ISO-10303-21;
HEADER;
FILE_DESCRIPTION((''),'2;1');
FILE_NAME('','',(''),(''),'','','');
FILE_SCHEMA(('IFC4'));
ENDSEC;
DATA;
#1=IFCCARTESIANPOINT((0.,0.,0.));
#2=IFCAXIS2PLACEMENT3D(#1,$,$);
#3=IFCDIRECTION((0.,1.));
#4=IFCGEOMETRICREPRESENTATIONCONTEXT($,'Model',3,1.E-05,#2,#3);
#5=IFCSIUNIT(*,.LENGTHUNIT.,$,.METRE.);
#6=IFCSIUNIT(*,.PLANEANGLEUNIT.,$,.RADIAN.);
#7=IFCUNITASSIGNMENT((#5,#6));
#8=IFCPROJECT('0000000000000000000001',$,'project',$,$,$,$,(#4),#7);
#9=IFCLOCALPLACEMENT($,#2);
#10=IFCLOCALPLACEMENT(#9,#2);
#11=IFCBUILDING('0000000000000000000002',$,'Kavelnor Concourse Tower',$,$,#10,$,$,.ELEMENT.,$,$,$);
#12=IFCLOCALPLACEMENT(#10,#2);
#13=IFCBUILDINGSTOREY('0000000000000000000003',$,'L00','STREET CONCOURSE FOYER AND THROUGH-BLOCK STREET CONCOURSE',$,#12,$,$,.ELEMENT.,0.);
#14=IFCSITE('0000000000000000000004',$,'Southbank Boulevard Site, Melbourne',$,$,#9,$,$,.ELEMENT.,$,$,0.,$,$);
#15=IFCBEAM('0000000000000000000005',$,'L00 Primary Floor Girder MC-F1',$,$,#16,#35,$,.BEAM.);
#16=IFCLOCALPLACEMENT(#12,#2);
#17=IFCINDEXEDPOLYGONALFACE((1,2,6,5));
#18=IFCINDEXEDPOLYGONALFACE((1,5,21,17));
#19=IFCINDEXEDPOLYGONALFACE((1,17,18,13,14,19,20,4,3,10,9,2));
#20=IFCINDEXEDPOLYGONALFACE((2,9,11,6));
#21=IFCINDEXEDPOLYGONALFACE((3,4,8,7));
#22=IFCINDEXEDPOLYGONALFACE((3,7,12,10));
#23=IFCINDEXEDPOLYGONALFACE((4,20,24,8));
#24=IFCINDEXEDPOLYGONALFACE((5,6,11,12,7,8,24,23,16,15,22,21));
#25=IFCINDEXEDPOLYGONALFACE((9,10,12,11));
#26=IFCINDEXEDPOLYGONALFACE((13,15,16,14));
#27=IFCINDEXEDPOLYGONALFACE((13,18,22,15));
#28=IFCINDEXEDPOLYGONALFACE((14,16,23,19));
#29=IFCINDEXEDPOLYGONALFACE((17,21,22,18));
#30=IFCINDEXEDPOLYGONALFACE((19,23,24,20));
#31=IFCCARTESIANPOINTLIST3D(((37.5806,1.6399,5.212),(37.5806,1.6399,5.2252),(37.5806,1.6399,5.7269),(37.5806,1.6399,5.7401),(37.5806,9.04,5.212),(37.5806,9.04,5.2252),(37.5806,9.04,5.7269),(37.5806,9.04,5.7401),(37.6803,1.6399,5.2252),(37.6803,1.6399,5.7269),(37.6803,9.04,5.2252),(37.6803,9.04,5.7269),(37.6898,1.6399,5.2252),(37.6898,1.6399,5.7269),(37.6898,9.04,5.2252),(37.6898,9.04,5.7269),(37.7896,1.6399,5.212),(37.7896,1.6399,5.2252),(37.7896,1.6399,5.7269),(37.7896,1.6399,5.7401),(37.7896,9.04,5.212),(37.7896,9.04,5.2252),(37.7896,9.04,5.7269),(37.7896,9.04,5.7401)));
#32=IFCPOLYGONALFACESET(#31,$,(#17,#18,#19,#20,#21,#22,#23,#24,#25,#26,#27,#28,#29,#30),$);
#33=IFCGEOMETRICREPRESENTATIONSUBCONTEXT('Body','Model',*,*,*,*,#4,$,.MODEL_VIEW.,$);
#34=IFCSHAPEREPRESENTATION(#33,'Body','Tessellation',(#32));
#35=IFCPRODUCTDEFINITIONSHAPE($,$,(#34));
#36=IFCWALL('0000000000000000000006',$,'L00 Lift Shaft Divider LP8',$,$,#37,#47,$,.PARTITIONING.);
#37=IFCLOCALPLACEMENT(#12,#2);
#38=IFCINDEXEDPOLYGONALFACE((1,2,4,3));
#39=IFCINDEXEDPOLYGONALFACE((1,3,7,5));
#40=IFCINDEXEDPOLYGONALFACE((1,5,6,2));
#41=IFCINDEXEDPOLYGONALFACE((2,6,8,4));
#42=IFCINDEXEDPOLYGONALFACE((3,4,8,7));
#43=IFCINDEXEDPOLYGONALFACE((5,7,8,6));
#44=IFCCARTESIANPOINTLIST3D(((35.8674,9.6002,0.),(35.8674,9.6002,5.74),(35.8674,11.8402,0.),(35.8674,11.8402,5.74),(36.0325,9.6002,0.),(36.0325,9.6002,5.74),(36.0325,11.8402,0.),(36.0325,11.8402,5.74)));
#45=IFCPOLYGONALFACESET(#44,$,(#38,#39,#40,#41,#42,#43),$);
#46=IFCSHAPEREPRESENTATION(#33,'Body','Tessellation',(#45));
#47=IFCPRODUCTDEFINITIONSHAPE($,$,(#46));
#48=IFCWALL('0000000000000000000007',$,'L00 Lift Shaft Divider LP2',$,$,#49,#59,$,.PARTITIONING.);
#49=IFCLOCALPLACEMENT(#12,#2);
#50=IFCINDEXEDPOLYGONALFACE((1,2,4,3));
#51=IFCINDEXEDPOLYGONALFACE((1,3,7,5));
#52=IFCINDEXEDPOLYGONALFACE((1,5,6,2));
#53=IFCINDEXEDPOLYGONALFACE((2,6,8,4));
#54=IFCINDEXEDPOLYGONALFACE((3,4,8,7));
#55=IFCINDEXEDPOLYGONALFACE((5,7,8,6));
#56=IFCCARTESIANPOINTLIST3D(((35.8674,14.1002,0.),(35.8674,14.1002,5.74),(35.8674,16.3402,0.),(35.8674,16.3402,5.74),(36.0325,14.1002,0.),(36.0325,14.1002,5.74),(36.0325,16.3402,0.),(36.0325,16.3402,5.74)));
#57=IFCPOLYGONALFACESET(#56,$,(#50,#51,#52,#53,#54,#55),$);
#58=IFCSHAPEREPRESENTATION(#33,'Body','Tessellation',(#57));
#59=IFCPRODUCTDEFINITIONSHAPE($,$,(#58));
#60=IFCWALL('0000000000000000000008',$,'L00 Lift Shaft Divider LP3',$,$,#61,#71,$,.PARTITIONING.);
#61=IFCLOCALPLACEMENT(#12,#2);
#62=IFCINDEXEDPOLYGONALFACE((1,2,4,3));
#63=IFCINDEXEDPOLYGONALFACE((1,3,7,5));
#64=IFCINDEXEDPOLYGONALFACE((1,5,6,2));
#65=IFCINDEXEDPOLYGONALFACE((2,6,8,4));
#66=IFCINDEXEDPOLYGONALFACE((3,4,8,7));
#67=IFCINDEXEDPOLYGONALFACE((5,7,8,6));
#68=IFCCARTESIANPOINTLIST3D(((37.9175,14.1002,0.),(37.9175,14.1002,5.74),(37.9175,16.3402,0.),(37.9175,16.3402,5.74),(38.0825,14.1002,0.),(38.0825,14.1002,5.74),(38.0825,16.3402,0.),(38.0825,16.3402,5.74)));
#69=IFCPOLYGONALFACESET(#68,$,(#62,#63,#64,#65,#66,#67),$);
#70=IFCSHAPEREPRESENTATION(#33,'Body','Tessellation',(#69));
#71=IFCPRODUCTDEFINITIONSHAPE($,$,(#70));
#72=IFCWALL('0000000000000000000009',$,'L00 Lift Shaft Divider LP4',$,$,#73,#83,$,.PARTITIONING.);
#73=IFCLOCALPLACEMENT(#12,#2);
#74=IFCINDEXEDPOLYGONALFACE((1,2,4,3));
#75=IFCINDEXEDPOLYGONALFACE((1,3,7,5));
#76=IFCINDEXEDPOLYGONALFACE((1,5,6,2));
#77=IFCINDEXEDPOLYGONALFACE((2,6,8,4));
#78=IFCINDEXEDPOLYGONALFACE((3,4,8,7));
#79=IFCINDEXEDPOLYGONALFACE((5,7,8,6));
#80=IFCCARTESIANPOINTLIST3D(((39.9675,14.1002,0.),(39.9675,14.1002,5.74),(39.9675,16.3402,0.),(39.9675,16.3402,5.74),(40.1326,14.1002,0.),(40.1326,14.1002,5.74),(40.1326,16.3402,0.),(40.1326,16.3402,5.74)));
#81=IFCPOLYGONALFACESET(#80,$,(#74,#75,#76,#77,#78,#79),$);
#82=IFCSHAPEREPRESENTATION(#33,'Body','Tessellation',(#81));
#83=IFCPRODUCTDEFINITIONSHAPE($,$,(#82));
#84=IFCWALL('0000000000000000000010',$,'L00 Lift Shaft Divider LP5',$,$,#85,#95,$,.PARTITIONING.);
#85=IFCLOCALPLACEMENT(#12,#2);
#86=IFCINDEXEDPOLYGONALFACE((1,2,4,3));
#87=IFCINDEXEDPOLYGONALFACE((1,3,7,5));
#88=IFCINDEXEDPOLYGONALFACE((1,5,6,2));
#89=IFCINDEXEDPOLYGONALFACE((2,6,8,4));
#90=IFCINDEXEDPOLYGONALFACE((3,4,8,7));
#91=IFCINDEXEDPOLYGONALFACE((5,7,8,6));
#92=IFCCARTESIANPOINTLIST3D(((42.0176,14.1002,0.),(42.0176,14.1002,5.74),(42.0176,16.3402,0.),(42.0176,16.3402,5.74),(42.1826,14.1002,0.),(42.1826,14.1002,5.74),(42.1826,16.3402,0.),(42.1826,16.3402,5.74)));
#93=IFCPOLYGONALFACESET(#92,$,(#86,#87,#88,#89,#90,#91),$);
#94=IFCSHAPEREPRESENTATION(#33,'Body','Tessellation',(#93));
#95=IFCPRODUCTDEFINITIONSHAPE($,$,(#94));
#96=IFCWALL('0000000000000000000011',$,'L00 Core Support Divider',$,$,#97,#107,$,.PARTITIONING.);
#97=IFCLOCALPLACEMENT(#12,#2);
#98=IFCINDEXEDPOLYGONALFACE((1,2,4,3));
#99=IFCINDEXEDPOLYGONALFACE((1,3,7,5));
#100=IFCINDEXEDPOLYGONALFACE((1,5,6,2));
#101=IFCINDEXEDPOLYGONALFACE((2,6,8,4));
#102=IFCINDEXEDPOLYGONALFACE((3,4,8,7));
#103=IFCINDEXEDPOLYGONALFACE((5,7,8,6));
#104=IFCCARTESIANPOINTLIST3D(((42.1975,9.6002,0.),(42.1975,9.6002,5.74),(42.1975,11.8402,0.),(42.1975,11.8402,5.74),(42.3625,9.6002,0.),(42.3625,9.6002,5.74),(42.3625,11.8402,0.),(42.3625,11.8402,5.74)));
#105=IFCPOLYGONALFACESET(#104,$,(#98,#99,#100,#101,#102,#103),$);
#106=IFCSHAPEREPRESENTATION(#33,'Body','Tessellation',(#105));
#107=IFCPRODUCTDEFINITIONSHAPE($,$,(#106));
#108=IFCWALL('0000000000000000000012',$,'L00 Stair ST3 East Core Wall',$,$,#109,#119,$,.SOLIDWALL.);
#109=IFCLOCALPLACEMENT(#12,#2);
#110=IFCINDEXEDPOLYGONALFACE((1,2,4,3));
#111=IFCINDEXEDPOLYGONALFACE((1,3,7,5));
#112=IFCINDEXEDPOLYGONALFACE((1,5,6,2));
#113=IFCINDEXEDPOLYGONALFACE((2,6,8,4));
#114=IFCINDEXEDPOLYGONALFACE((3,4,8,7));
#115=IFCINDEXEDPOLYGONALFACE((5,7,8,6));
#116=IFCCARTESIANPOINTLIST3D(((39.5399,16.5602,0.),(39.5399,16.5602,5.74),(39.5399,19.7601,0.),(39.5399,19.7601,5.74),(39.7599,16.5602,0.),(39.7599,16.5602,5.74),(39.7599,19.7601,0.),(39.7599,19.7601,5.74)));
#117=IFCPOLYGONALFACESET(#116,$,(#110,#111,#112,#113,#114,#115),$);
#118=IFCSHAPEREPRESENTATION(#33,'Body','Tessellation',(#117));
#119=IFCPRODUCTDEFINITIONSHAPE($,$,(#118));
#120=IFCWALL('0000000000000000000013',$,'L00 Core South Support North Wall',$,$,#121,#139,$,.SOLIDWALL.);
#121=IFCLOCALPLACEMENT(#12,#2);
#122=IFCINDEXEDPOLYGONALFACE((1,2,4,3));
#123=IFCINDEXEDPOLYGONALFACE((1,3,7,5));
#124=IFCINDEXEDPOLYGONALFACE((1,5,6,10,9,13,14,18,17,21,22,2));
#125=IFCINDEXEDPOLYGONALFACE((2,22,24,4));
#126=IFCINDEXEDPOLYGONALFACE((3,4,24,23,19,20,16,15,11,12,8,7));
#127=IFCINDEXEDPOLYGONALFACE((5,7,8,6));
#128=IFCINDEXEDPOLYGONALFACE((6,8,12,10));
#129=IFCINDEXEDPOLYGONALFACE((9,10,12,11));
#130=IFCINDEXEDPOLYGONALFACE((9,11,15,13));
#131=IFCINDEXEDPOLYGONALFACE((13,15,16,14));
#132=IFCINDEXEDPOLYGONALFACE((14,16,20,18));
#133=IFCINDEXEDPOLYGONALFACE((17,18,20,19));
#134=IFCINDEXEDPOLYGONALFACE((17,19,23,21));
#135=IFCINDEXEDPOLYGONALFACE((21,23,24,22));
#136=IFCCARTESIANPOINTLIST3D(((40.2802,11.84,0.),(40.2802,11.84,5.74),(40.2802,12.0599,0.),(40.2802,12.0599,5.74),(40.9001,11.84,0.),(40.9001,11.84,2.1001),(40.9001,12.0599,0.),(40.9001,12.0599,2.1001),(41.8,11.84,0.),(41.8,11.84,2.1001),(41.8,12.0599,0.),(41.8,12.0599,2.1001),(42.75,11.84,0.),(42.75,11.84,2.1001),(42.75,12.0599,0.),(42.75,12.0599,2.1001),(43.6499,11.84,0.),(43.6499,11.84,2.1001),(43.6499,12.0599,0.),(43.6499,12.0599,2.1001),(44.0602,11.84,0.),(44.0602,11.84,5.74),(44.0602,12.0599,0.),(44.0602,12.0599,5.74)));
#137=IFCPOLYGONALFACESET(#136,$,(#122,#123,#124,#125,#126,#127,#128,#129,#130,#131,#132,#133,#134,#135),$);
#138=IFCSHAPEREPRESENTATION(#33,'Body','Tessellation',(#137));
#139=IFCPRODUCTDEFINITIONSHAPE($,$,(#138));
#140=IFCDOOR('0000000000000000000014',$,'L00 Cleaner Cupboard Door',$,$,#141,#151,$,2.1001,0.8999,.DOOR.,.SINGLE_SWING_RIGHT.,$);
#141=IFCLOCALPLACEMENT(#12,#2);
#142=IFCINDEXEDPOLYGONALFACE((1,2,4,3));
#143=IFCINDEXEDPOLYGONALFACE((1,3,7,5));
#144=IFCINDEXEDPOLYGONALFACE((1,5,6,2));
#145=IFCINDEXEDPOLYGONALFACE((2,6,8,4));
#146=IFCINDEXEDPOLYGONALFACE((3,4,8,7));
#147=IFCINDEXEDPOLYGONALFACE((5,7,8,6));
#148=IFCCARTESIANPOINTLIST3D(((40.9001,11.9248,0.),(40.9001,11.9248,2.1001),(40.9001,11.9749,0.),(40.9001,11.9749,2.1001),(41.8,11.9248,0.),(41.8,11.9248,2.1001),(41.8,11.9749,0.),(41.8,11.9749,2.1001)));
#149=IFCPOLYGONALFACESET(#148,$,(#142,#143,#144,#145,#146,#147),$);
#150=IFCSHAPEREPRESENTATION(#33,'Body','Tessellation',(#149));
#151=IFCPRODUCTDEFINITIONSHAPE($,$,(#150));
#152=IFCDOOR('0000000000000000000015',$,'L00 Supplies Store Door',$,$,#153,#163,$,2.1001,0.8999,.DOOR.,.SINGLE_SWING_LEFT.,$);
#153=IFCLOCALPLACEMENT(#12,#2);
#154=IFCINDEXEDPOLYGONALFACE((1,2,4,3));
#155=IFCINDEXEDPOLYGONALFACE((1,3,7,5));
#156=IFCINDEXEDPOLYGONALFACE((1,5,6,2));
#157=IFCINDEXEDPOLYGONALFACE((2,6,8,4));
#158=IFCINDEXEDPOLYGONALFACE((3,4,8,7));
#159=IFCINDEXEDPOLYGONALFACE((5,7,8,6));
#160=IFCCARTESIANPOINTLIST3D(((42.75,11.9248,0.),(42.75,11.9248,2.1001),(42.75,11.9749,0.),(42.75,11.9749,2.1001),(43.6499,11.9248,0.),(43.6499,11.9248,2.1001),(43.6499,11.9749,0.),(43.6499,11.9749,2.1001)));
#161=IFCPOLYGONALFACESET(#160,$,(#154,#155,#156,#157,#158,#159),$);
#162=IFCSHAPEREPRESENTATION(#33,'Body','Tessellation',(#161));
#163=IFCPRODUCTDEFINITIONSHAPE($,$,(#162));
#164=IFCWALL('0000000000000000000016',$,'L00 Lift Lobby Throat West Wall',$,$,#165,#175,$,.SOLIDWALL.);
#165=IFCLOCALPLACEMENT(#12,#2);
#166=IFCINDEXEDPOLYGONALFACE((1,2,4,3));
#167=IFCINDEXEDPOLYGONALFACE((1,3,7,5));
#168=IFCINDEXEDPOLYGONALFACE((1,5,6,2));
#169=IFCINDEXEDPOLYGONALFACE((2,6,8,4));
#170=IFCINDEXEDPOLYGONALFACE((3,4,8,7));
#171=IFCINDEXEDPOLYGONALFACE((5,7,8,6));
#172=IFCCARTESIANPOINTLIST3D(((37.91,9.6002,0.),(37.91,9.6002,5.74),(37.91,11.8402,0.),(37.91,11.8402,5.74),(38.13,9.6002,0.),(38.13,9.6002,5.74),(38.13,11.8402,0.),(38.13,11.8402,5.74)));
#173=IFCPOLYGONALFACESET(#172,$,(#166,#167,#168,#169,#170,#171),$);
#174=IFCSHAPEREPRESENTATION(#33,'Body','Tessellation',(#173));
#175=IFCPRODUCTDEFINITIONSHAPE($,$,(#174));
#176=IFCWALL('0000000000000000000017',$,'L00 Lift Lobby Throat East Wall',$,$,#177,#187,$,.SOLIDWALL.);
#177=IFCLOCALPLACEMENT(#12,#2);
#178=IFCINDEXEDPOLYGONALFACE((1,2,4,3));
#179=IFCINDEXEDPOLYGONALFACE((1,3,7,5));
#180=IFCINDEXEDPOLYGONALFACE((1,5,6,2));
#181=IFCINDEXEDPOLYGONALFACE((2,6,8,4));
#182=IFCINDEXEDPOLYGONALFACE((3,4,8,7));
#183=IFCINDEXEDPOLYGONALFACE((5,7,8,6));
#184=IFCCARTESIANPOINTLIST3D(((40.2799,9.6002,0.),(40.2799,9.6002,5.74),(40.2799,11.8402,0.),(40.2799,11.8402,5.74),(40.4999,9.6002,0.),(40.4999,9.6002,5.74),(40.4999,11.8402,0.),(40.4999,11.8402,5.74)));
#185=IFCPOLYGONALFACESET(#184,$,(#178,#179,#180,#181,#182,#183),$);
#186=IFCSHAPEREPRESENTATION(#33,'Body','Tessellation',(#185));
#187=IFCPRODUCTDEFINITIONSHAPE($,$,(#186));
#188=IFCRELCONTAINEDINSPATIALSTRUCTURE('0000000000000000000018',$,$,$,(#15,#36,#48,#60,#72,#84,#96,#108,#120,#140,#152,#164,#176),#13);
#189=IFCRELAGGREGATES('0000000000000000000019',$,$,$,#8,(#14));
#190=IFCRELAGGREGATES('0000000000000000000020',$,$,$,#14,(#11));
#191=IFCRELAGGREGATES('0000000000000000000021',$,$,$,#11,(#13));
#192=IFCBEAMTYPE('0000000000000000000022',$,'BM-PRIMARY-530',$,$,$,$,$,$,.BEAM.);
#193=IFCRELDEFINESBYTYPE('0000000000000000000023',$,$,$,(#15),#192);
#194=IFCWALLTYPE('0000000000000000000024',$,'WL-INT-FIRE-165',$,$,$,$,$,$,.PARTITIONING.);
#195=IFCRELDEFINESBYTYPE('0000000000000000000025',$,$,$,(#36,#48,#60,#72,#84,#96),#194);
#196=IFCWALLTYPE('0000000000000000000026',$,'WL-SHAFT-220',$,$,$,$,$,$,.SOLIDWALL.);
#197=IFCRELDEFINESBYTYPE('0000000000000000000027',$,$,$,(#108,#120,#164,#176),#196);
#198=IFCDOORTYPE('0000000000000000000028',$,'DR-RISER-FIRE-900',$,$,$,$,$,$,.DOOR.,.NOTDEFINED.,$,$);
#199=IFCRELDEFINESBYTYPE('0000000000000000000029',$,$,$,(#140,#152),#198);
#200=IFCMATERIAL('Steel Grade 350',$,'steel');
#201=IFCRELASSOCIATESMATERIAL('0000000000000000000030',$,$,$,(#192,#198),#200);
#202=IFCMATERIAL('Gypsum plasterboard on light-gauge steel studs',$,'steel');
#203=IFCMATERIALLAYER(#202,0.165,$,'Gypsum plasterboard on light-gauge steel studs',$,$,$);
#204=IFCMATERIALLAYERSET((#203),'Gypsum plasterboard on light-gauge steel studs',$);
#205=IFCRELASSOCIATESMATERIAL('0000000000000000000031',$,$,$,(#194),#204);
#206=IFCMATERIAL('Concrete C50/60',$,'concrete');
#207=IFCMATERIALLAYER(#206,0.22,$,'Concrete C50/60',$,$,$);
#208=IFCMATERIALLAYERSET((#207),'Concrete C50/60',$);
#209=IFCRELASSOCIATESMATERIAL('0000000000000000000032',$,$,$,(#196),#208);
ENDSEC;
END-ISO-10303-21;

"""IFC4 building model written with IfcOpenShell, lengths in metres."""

from ifc_helpers import new_model, si_unit, direction, frame, frame_2d, origin, origin_2d, place, context, subcontext, project, spatial, rectangle, i_section, extrude, material, layer, layer_set, material_profile, profile_set, type_object, element, fill, save


model = new_model("IFC4")

# Units and contexts
model_context = context("Model", 3, precision=1e-05, world=origin(), true_north=direction((0.0, 1.0)))
body_context = subcontext(model_context, "Body", "Model", "MODEL_VIEW")
ifc_project = project(units=[si_unit("LENGTHUNIT", "METRE"), si_unit("PLANEANGLEUNIT", "RADIAN")], contexts=[model_context])

# Site, building, storey
site_placement = place(None, origin())
site = spatial("IfcSite", under=ifc_project, at=site_placement, Name="Southbank Boulevard Site, Melbourne", CompositionType="ELEMENT", RefElevation=0.0)
building_placement = place(site_placement, origin())
building = spatial("IfcBuilding", under=site, at=building_placement, Name="Kavelnor Concourse Tower", CompositionType="ELEMENT")
storey_placement = place(building_placement, origin())
storey = spatial("IfcBuildingStorey", under=building, at=storey_placement, Name="L00", Description="STREET CONCOURSE FOYER AND THROUGH-BLOCK STREET CONCOURSE", CompositionType="ELEMENT", Elevation=0.0)

# Beam
ifc_material_1 = material(Name="Steel Grade 350", Category="steel")
ifc_material_profile = material_profile(ifc_material_1, i_section(OverallWidth=0.209, OverallDepth=0.5281, WebThickness=0.0095, FlangeThickness=0.0132, at=origin_2d()), Name="530UB82")
ifc_profile_set = profile_set([ifc_material_profile], Name="Steel Grade 350")
beam_type = type_object("IfcBeamType", Name="BM-PRIMARY-530", PredefinedType="BEAM", material=ifc_profile_set)
beam_placement = place(storey_placement, frame((37.6851, 9.04, 5.4761), z_axis=(0.0, -1.0, 0.0), x_axis=(1.0, 0.0, 0.0)))
element("IfcBeam", 1, at=beam_placement, inside=storey, type_object=beam_type, Name="L00 Primary Floor Girder MC-F1", PredefinedType="BEAM", context=body_context, shape_type="SweptSolid", body=[
    extrude(i_section(OverallWidth=0.209, OverallDepth=0.5281, WebThickness=0.0095, FlangeThickness=0.0132, at=origin_2d()), origin(), (0.0, 0.0, 1.0), 7.4001),
])

# Walls
ifc_material_2 = material(Name="Gypsum plasterboard on light-gauge steel studs", Category="steel")
ifc_layer_1 = layer(ifc_material_2, 0.165, Name="Gypsum plasterboard on light-gauge steel studs")
ifc_layer_set_1 = layer_set([ifc_layer_1], Name="Gypsum plasterboard on light-gauge steel studs")
wall_type_1 = type_object("IfcWallType", Name="WL-INT-FIRE-165", PredefinedType="PARTITIONING", material=ifc_layer_set_1)
for number, where, z_axis, x_axis, name in (
    (2, (35.95, 9.6001, 0.0), (0.0, 0.0, 1.0), (0.0, 1.0, 0.0), "L00 Lift Shaft Divider LP8"),
    (3, (35.95, 14.1001, 0.0), (0.0, 0.0, 1.0), (0.0, 1.0, 0.0), "L00 Lift Shaft Divider LP2"),
    (4, (38.0, 14.1001, 0.0), (0.0, 0.0, 1.0), (0.0, 1.0, 0.0), "L00 Lift Shaft Divider LP3"),
    (5, (40.05, 14.1001, 0.0), (0.0, 0.0, 1.0), (0.0, 1.0, 0.0), "L00 Lift Shaft Divider LP4"),
    (6, (42.1001, 14.1001, 0.0), (0.0, 0.0, 1.0), (0.0, 1.0, 0.0), "L00 Lift Shaft Divider LP5"),
    (7, (42.28, 9.6001, 0.0), (0.0, 0.0, 1.0), (0.0, 1.0, 0.0), "L00 Core Support Divider"),
):
    element("IfcWall", number, at=place(storey_placement, frame(where, z_axis=z_axis, x_axis=x_axis)), inside=storey, type_object=wall_type_1, Name=name, PredefinedType="PARTITIONING", context=body_context, shape_type="SweptSolid", body=[
        extrude(rectangle(XDim=2.24, YDim=0.165, at=frame_2d((1.1201, 0.0))), origin(), (0.0, 0.0, 1.0), 5.74),
    ])
ifc_material_3 = material(Name="Concrete C50/60", Category="concrete")
ifc_layer_2 = layer(ifc_material_3, 0.22, Name="Concrete C50/60")
ifc_layer_set_2 = layer_set([ifc_layer_2], Name="Concrete C50/60")
wall_type_2 = type_object("IfcWallType", Name="WL-SHAFT-220", PredefinedType="SOLIDWALL", material=ifc_layer_set_2)
wall_1_placement = place(storey_placement, frame((39.6499, 16.5601, 0.0), z_axis=(0.0, 0.0, 1.0), x_axis=(0.0, 1.0, 0.0)))
element("IfcWall", 8, at=wall_1_placement, inside=storey, type_object=wall_type_2, Name="L00 Stair ST3 East Core Wall", PredefinedType="SOLIDWALL", context=body_context, shape_type="SweptSolid", body=[
    extrude(rectangle(XDim=3.2, YDim=0.22, at=frame_2d((1.6001, 0.0))), origin(), (0.0, 0.0, 1.0), 5.74),
])

# Wall, openings, doors
wall_2_placement = place(storey_placement, frame((40.28, 11.95, 0.0), z_axis=(0.0, 0.0, 1.0), x_axis=(1.0, 0.0, 0.0)))
wall_2 = element("IfcWall", 9, at=wall_2_placement, inside=storey, type_object=wall_type_2, Name="L00 Core South Support North Wall", PredefinedType="SOLIDWALL", context=body_context, shape_type="SweptSolid", body=[
    extrude(rectangle(XDim=3.78, YDim=0.22, at=frame_2d((1.8901, 0.0))), origin(), (0.0, 0.0, 1.0), 5.74),
])
opening_1_placement = place(wall_2_placement, frame((0.6201, 0.0, 0.0)))
opening_1 = element("IfcOpeningElement", 10, at=opening_1_placement, cuts=wall_2, PredefinedType="OPENING", context=body_context, shape_type="SweptSolid", body=[
    extrude(rectangle(XDim=0.8999, YDim=2.1001, at=frame_2d((0.45, 1.05))), frame((0.0, 0.1201, 0.0), z_axis=(0.0, -1.0, 0.0), x_axis=(1.0, 0.0, 0.0)), (0.0, 0.0, 1.0), 0.24),
])
opening_2_placement = place(wall_2_placement, frame((2.47, 0.0, 0.0)))
opening_2 = element("IfcOpeningElement", 11, at=opening_2_placement, cuts=wall_2, PredefinedType="OPENING", context=body_context, shape_type="SweptSolid", body=[
    extrude(rectangle(XDim=0.8999, YDim=2.1001, at=frame_2d((0.45, 1.05))), frame((0.0, 0.1201, 0.0), z_axis=(0.0, -1.0, 0.0), x_axis=(1.0, 0.0, 0.0)), (0.0, 0.0, 1.0), 0.24),
])
door_type_1 = type_object("IfcDoorType", Name="DR-RISER-FIRE-900", OperationType="NOTDEFINED", PredefinedType="DOOR", material=ifc_material_1)
door_1_placement = place(opening_1_placement, origin())
door_1 = element("IfcDoor", 12, at=door_1_placement, inside=storey, type_object=door_type_1, Name="L00 Cleaner Cupboard Door", OperationType="SINGLE_SWING_RIGHT", OverallHeight=2.1001, OverallWidth=0.8999, PredefinedType="DOOR", context=body_context, shape_type="SweptSolid", body=[
    extrude(rectangle(XDim=0.8999, YDim=2.1001, at=frame_2d((0.45, 1.05))), frame((0.0, 0.0249, 0.0), z_axis=(0.0, -1.0, 0.0), x_axis=(1.0, 0.0, 0.0)), (0.0, 0.0, 1.0), 0.05),
])
fill(opening_1, door_1)
door_2_placement = place(opening_2_placement, origin())
door_2 = element("IfcDoor", 13, at=door_2_placement, inside=storey, type_object=door_type_1, Name="L00 Supplies Store Door", OperationType="SINGLE_SWING_LEFT", OverallHeight=2.1001, OverallWidth=0.8999, PredefinedType="DOOR", context=body_context, shape_type="SweptSolid", body=[
    extrude(rectangle(XDim=0.8999, YDim=2.1001, at=frame_2d((0.45, 1.05))), frame((0.0, 0.0249, 0.0), z_axis=(0.0, -1.0, 0.0), x_axis=(1.0, 0.0, 0.0)), (0.0, 0.0, 1.0), 0.05),
])
fill(opening_2, door_2)

# Walls
for number, where, z_axis, x_axis, name in (
    (14, (38.02, 9.6001, 0.0), (0.0, 0.0, 1.0), (0.0, 1.0, 0.0), "L00 Lift Lobby Throat West Wall"),
    (15, (40.3899, 9.6001, 0.0), (0.0, 0.0, 1.0), (0.0, 1.0, 0.0), "L00 Lift Lobby Throat East Wall"),
):
    element("IfcWall", number, at=place(storey_placement, frame(where, z_axis=z_axis, x_axis=x_axis)), inside=storey, type_object=wall_type_2, Name=name, PredefinedType="SOLIDWALL", context=body_context, shape_type="SweptSolid", body=[
        extrude(rectangle(XDim=2.24, YDim=0.22, at=frame_2d((1.1201, 0.0))), origin(), (0.0, 0.0, 1.0), 5.74),
    ])

save(model, "model.ifc")
